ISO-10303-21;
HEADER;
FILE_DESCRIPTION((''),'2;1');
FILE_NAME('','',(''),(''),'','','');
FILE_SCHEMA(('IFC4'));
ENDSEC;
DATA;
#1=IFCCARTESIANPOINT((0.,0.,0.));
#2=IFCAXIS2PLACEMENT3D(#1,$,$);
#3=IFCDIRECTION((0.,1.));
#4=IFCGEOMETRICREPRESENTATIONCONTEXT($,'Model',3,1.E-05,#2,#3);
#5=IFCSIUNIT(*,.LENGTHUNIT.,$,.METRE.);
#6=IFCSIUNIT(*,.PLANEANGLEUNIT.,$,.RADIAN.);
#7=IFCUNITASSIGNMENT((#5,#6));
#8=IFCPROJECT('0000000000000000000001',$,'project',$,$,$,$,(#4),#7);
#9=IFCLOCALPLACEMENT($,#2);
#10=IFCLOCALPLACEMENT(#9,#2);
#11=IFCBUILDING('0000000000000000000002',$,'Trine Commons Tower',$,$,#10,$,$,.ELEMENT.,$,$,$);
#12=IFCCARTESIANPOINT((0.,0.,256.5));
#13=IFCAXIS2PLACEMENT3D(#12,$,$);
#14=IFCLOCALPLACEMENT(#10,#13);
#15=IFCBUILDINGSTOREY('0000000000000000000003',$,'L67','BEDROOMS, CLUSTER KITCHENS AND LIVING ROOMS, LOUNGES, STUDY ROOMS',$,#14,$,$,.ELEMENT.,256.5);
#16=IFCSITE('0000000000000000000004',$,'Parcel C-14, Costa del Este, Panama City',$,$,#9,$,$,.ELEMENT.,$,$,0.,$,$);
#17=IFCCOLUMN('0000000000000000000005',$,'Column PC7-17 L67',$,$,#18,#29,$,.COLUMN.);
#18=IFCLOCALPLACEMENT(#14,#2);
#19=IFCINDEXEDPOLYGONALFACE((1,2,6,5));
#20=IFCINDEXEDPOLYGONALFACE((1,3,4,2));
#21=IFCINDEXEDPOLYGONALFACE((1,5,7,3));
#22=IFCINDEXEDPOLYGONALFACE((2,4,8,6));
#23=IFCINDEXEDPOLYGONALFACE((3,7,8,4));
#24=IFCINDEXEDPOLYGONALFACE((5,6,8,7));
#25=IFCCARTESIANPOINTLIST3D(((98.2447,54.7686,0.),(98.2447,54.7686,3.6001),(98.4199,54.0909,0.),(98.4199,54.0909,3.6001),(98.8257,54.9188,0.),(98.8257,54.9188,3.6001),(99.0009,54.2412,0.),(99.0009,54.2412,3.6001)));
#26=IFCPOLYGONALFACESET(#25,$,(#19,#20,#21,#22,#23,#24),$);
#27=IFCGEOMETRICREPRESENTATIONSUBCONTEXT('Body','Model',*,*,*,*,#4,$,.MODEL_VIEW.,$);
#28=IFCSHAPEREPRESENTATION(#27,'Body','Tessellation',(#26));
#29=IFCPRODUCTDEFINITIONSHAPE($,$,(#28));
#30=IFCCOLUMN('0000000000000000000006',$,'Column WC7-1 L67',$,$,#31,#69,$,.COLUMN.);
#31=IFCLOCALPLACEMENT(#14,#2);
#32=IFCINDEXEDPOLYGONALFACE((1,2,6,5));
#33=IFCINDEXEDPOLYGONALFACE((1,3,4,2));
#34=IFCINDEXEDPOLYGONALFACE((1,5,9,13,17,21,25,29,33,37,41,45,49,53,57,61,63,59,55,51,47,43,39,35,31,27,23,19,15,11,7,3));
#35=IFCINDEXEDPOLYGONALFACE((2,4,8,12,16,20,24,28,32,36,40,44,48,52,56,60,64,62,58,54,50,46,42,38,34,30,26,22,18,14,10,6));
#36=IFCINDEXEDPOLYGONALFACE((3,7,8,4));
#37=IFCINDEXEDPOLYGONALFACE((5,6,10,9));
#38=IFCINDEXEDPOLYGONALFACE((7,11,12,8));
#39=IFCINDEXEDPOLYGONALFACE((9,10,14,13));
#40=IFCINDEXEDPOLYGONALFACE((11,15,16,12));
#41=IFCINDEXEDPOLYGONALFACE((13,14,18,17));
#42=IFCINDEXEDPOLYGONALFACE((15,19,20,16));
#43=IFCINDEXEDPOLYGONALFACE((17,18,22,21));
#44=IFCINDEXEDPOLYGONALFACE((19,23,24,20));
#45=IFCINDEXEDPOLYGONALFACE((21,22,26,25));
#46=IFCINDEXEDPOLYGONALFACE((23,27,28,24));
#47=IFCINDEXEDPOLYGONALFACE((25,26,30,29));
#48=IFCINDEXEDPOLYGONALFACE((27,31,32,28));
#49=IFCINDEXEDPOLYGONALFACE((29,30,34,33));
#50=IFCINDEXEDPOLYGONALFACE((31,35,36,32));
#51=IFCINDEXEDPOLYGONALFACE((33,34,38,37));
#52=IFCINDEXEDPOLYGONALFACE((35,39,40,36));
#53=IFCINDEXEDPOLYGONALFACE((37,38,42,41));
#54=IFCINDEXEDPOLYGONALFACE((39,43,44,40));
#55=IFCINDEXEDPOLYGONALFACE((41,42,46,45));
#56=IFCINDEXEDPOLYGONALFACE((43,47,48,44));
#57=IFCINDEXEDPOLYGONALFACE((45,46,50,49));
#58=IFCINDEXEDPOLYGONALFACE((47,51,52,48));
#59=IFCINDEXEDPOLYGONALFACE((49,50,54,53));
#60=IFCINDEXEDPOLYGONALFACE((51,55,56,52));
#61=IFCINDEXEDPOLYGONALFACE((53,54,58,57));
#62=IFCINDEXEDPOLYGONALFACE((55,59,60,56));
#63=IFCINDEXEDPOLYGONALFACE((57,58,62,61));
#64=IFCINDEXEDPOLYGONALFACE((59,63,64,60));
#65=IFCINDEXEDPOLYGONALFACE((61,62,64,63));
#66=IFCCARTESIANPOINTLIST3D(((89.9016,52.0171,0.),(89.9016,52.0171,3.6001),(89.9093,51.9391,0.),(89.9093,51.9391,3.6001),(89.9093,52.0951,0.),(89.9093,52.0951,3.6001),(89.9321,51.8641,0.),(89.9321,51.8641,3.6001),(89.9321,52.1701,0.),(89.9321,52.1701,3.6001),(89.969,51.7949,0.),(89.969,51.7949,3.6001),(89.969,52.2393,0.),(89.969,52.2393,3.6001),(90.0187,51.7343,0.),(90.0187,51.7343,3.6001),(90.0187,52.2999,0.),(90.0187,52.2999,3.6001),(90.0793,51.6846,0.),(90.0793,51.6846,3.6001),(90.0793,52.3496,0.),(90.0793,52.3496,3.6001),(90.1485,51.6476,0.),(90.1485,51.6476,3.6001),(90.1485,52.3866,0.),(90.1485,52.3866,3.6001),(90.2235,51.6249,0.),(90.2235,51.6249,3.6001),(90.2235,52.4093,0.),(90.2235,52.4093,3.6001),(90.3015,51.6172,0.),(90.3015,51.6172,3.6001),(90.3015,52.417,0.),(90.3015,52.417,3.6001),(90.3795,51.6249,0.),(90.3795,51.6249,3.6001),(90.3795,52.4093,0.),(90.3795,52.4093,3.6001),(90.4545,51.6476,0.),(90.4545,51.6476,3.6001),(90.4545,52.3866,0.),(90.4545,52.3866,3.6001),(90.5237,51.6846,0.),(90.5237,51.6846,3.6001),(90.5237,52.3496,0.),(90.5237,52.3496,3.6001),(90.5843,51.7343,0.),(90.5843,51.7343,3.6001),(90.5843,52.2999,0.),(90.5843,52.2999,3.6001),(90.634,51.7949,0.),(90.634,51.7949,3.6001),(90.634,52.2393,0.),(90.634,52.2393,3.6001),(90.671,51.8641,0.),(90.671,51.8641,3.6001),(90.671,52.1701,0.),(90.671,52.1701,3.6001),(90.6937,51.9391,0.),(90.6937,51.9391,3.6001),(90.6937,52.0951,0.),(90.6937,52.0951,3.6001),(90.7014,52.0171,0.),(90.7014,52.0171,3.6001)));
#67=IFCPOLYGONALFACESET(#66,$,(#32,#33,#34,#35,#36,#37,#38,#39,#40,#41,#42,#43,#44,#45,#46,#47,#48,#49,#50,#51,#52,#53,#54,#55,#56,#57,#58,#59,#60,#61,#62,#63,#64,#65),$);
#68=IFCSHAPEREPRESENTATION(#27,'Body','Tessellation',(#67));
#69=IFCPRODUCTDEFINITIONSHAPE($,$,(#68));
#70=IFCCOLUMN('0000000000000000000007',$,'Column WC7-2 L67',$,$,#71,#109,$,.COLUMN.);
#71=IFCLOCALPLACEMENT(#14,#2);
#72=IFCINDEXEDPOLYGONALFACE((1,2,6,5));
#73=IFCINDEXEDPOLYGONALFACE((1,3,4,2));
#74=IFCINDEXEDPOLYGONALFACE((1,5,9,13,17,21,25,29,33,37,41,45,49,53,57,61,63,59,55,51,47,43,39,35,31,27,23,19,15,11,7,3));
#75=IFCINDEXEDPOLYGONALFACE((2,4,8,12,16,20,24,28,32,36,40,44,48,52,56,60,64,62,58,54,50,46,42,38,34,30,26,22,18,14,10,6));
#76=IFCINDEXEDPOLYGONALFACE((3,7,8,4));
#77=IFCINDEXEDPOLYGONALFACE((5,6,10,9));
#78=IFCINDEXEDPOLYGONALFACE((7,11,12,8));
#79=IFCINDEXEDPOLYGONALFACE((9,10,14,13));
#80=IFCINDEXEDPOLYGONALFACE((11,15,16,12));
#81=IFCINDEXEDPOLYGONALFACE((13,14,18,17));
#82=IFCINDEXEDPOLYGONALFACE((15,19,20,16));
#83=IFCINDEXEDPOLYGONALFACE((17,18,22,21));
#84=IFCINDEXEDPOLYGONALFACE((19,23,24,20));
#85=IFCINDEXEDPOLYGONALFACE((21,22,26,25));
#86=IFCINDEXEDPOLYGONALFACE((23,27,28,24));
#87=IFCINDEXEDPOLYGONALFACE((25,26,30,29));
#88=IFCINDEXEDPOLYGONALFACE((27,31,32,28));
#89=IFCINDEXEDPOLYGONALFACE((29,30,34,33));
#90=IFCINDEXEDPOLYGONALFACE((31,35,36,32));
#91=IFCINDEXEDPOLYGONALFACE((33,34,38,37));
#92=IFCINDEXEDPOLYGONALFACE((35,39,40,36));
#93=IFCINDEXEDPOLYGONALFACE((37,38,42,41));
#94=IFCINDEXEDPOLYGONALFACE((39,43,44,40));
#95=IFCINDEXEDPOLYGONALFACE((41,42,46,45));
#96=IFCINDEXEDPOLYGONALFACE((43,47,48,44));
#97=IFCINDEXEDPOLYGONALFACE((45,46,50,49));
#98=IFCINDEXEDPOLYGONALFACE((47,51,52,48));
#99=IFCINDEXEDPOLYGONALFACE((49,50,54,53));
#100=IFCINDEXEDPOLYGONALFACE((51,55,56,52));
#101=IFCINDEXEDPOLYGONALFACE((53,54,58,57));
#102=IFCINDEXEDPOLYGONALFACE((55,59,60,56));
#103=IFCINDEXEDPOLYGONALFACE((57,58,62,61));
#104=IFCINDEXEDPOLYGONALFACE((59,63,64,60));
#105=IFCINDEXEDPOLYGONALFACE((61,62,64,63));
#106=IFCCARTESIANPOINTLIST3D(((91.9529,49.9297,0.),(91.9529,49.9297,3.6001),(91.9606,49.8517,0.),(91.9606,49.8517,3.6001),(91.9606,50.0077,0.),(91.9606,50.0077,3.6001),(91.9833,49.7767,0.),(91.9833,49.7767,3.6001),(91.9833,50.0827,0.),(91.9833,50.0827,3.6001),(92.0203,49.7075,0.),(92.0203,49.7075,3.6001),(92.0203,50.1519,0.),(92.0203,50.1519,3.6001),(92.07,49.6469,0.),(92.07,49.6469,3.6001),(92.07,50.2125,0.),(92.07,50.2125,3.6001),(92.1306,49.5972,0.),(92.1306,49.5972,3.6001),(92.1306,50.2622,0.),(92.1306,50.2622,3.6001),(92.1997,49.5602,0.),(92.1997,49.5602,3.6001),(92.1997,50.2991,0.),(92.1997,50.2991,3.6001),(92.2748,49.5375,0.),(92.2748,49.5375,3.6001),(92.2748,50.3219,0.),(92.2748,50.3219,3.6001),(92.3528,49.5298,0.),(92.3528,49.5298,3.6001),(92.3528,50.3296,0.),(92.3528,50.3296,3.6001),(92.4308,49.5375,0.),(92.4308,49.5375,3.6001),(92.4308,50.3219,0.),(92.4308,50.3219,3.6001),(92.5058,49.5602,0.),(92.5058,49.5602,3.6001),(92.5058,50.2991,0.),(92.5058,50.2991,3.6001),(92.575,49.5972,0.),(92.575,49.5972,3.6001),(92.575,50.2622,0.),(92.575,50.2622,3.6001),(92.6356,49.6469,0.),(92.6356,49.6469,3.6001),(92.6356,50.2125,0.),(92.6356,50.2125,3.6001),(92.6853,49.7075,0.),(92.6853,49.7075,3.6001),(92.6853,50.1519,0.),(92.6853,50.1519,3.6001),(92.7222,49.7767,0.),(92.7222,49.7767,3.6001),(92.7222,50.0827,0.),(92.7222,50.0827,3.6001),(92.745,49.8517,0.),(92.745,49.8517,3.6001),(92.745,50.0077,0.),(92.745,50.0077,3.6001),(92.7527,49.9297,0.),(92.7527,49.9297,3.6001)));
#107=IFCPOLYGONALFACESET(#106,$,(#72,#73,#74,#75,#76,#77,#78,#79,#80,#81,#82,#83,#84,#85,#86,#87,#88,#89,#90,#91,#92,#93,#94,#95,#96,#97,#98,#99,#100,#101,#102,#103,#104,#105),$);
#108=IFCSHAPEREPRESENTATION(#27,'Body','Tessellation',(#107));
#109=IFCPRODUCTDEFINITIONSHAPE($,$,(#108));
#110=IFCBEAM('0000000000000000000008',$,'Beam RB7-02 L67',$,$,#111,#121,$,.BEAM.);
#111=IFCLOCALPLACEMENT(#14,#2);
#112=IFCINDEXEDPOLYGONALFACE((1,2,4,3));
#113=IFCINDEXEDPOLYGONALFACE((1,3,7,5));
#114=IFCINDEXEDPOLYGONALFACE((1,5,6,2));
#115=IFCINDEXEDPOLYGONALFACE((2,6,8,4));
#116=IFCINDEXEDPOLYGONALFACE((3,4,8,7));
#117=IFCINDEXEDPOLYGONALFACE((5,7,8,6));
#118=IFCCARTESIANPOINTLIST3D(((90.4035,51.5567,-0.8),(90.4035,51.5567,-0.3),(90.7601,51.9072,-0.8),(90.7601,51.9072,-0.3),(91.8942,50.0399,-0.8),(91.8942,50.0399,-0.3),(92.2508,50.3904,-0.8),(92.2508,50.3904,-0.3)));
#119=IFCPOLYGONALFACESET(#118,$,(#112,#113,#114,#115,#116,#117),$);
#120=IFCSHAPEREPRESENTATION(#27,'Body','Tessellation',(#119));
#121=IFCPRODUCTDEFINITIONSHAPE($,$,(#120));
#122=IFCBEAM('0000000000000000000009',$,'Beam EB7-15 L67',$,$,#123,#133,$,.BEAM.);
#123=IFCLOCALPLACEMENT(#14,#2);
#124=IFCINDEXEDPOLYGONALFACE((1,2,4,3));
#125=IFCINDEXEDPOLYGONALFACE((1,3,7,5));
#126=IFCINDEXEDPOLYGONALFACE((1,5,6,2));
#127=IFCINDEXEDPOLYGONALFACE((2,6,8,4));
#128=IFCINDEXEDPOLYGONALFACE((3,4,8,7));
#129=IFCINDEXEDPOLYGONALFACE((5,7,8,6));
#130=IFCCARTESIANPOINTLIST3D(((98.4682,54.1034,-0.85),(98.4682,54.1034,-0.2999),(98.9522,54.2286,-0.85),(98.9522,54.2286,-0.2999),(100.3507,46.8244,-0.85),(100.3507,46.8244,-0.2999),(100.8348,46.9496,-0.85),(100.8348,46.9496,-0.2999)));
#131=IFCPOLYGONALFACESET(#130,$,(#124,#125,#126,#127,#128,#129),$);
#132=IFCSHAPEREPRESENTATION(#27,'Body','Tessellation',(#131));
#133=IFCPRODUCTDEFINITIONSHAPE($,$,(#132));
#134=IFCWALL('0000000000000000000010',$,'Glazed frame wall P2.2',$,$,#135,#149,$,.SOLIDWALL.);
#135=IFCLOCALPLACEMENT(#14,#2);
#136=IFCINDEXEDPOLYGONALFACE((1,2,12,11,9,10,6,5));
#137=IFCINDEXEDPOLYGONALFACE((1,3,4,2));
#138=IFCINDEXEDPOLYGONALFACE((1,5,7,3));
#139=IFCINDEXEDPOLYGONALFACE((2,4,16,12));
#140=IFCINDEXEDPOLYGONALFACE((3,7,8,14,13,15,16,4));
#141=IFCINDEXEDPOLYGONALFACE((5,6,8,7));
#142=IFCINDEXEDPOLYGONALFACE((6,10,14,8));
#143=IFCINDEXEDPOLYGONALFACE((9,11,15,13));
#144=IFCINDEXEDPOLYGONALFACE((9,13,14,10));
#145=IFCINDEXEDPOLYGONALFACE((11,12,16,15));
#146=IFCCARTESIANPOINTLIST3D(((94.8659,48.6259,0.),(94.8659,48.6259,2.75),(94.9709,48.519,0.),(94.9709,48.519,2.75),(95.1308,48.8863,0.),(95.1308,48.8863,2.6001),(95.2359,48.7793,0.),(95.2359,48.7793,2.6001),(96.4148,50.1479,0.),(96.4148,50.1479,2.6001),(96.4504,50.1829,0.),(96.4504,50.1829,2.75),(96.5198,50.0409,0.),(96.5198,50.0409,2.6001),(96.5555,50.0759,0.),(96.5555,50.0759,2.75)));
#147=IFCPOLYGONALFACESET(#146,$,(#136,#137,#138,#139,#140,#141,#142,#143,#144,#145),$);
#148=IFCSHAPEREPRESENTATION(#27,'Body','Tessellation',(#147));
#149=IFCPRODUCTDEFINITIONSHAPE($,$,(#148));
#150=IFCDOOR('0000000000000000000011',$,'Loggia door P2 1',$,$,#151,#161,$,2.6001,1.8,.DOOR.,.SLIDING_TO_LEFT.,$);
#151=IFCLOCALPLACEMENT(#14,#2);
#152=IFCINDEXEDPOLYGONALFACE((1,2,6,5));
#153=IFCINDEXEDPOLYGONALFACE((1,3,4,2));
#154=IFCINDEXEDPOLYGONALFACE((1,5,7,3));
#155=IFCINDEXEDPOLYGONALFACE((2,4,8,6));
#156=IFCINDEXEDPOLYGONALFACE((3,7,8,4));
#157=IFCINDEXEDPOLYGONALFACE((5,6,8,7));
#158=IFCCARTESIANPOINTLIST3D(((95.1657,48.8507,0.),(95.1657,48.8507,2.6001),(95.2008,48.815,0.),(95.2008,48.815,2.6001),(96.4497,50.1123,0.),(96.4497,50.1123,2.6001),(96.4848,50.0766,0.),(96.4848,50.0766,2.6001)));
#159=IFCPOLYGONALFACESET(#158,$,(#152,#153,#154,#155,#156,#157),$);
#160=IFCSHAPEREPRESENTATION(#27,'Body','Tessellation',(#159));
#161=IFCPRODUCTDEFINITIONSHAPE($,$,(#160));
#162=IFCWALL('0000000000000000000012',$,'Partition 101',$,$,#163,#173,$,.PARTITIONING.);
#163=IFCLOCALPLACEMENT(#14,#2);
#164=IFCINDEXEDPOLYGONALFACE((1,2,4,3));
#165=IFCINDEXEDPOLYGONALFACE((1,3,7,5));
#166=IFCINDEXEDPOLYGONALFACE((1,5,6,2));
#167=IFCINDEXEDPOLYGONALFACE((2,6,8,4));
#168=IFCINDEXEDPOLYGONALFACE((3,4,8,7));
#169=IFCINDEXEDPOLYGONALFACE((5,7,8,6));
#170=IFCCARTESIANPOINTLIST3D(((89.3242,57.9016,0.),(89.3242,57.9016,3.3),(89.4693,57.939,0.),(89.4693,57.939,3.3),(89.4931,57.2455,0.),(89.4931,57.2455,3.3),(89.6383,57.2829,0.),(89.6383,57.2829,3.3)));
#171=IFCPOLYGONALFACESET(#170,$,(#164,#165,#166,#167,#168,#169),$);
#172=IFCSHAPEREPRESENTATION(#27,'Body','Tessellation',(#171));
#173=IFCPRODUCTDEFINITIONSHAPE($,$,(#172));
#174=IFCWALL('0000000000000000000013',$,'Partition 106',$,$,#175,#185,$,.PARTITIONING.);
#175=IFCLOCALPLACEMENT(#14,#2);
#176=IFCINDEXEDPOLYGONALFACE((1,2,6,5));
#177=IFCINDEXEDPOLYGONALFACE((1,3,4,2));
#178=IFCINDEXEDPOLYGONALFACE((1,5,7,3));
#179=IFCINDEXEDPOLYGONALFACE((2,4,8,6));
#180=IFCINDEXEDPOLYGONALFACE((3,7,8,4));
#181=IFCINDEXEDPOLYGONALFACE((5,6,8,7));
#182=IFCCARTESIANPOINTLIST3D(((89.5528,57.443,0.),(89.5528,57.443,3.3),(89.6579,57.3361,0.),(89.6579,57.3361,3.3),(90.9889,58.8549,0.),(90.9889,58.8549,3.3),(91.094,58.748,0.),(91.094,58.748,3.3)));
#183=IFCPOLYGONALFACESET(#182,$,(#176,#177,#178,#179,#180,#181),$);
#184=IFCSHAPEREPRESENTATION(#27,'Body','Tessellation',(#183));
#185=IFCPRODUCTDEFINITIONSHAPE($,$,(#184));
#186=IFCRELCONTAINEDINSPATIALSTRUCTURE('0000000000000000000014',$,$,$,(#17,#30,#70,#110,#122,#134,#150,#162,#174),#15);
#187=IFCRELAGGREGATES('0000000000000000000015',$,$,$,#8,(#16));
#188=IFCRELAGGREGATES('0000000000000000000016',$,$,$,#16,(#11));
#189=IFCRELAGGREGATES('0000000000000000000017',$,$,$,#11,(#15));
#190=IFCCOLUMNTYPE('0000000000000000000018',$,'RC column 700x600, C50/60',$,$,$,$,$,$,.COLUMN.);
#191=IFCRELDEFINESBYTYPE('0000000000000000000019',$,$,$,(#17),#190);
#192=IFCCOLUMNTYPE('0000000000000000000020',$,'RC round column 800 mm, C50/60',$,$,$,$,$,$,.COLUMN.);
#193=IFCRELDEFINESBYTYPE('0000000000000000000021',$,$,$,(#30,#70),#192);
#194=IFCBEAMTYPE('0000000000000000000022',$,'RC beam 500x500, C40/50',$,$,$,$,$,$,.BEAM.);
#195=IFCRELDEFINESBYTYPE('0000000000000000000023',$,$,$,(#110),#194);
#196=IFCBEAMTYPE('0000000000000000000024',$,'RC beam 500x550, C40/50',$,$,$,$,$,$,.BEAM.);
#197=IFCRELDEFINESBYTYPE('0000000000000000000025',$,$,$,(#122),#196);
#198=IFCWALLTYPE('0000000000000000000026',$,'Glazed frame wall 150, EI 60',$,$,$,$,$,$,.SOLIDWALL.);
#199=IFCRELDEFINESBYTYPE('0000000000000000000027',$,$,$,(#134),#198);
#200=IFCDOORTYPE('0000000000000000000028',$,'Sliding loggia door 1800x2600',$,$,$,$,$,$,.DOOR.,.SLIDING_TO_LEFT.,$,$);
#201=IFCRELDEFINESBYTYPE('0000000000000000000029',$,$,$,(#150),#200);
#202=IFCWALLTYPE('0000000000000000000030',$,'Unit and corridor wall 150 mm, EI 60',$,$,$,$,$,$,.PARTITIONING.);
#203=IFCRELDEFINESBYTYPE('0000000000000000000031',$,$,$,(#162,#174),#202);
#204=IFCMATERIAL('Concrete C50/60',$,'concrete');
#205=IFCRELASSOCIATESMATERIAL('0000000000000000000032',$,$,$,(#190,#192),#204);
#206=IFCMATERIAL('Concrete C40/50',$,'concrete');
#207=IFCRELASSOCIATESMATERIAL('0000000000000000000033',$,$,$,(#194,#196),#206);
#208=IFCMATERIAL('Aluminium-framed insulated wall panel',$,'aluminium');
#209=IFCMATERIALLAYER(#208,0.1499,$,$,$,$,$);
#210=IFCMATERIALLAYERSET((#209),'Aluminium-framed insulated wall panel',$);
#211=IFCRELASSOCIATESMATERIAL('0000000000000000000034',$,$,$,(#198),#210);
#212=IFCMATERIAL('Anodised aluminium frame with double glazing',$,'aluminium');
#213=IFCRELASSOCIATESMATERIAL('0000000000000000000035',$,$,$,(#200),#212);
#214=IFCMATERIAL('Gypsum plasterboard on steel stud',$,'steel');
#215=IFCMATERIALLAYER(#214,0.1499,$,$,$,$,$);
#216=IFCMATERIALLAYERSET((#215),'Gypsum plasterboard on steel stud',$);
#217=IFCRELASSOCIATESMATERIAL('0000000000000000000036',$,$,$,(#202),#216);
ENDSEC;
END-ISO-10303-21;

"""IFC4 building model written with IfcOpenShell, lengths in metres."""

from ifc_helpers import new_model, si_unit, direction, frame, frame_2d, origin, origin_2d, place, context, subcontext, project, spatial, polyline, rectangle, circle, outline, extrude, material, layer, layer_set, material_profile, profile_set, type_object, element, fill, save


model = new_model("IFC4")

# Units and contexts
model_context = context("Model", 3, precision=1e-05, world=origin(), true_north=direction((0.0, 1.0)))
body_context = subcontext(model_context, "Body", "Model", "MODEL_VIEW")
ifc_project = project(units=[si_unit("LENGTHUNIT", "METRE"), si_unit("PLANEANGLEUNIT", "RADIAN")], contexts=[model_context])

# Site, building, storey
site_placement = place(None, origin())
site = spatial("IfcSite", under=ifc_project, at=site_placement, Name="Parcel C-14, Costa del Este, Panama City", CompositionType="ELEMENT", RefElevation=0.0)
building_placement = place(site_placement, origin())
building = spatial("IfcBuilding", under=site, at=building_placement, Name="Trine Commons Tower", CompositionType="ELEMENT")
storey_placement = place(building_placement, frame((0.0, 0.0, 256.5)))
storey = spatial("IfcBuildingStorey", under=building, at=storey_placement, Name="L67", Description="BEDROOMS, CLUSTER KITCHENS AND LIVING ROOMS, LOUNGES, STUDY ROOMS", CompositionType="ELEMENT", Elevation=256.5)

# Columns
ifc_material_1 = material(Name="Concrete C50/60", Category="concrete")
ifc_material_profile_1 = material_profile(ifc_material_1, rectangle(XDim=0.7, YDim=0.6001, at=origin_2d()), Name="RC 700x600")
ifc_profile_set_1 = profile_set([ifc_material_profile_1], Name="Concrete C50/60")
column_type_1 = type_object("IfcColumnType", Name="RC column 700x600, C50/60", PredefinedType="COLUMN", material=ifc_profile_set_1)
column_placement = place(storey_placement, frame((98.6228, 54.5049, 0.0), z_axis=(0.0, 0.0, 1.0), x_axis=(-0.25038, 0.968148, 0.0)))
element("IfcColumn", 1, at=column_placement, inside=storey, type_object=column_type_1, Name="Column PC7-17 L67", PredefinedType="COLUMN", context=body_context, shape_type="SweptSolid", body=[
    extrude(rectangle(XDim=0.7, YDim=0.6001, at=origin_2d()), origin(), (0.0, 0.0, 1.0), 3.6001),
])
ifc_material_profile_2 = material_profile(ifc_material_1, circle(Radius=0.3999, at=origin_2d()), Name="RC round 800")
ifc_profile_set_2 = profile_set([ifc_material_profile_2], Name="Concrete C50/60")
column_type_2 = type_object("IfcColumnType", Name="RC round column 800 mm, C50/60", PredefinedType="COLUMN", material=ifc_profile_set_2)
for number, where, z_axis, x_axis, name in (
    (2, (90.3015, 52.0171, 0.0), (0.0, 0.0, 1.0), (1.0, 0.0, 0.0), "Column WC7-1 L67"),
    (3, (92.3528, 49.9297, 0.0), (0.0, 0.0, 1.0), (1.0, 0.0, 0.0), "Column WC7-2 L67"),
):
    element("IfcColumn", number, at=place(storey_placement, frame(where, z_axis=z_axis, x_axis=x_axis)), inside=storey, type_object=column_type_2, Name=name, PredefinedType="COLUMN", context=body_context, shape_type="SweptSolid", body=[
        extrude(circle(Radius=0.3999, at=origin_2d()), origin(), (0.0, 0.0, 1.0), 3.6001),
    ])

# Beams
ifc_material_2 = material(Name="Concrete C40/50", Category="concrete")
ifc_material_profile_3 = material_profile(ifc_material_2, rectangle(XDim=0.5, YDim=0.5, at=origin_2d()), Name="RC 500x500")
ifc_profile_set_3 = profile_set([ifc_material_profile_3], Name="Concrete C40/50")
beam_type_1 = type_object("IfcBeamType", Name="RC beam 500x500, C40/50", PredefinedType="BEAM", material=ifc_profile_set_3)
beam_1_placement = place(storey_placement, frame((90.5818, 51.7319, -0.55), z_axis=(0.700939, -0.713222, 0.0), x_axis=(0.713222, 0.700939, 0.0)))
element("IfcBeam", 4, at=beam_1_placement, inside=storey, type_object=beam_type_1, Name="Beam RB7-02 L67", PredefinedType="BEAM", context=body_context, shape_type="SweptSolid", body=[
    extrude(rectangle(XDim=0.5, YDim=0.5, at=origin_2d()), origin(), (0.0, 0.0, 1.0), 2.1267),
])
ifc_material_profile_4 = material_profile(ifc_material_2, rectangle(XDim=0.5, YDim=0.55, at=origin_2d()), Name="RC 500x550")
ifc_profile_set_4 = profile_set([ifc_material_profile_4], Name="Concrete C40/50")
beam_type_2 = type_object("IfcBeamType", Name="RC beam 500x550, C40/50", PredefinedType="BEAM", material=ifc_profile_set_4)
beam_2_placement = place(storey_placement, frame((98.7102, 54.166, -0.575), z_axis=(0.25039, -0.968145, 0.0), x_axis=(0.968145, 0.25039, 0.0)))
element("IfcBeam", 5, at=beam_2_placement, inside=storey, type_object=beam_type_2, Name="Beam EB7-15 L67", PredefinedType="BEAM", context=body_context, shape_type="SweptSolid", body=[
    extrude(rectangle(XDim=0.5, YDim=0.55, at=origin_2d()), origin(), (0.0, 0.0, 1.0), 7.5186),
])

# Shared definitions
ifc_material_3 = material(Name="Aluminium-framed insulated wall panel", Category="aluminium")
ifc_layer_1 = layer(ifc_material_3, 0.1499)
ifc_layer_set_1 = layer_set([ifc_layer_1], Name="Aluminium-framed insulated wall panel")
wall_type_1 = type_object("IfcWallType", Name="Glazed frame wall 150, EI 60", PredefinedType="SOLIDWALL", material=ifc_layer_set_1)

# Wall, opening, door
wall_1_placement = place(storey_placement, frame((96.5029, 50.1294, 0.0), z_axis=(0.0, 0.0, 1.0), x_axis=(-0.713289, -0.70087, 0.0)))
wall_1 = element("IfcWall", 6, at=wall_1_placement, inside=storey, type_object=wall_type_1, Name="Glazed frame wall P2.2", PredefinedType="SOLIDWALL", context=body_context, shape_type="SweptSolid", body=[
    extrude(outline(polyline([(0.0, -0.075), (2.2214, -0.075), (2.2214, 0.075), (0.0, 0.075), (0.0, -0.075)])), origin(), (0.0, 0.0, 1.0), 2.75),
])
opening_1_placement = place(wall_1_placement, frame((0.05, 0.0, 0.0)))
opening_1 = element("IfcOpeningElement", 7, at=opening_1_placement, cuts=wall_1, PredefinedType="OPENING", context=body_context, shape_type="SweptSolid", body=[
    extrude(rectangle(XDim=1.8, YDim=2.6001, at=frame_2d((0.8999, 1.3))), frame((0.0, 0.085, 0.0), z_axis=(0.0, -1.0, 0.0), x_axis=(1.0, 0.0, 0.0)), (0.0, 0.0, 1.0), 0.1699),
])
ifc_material_4 = material(Name="Anodised aluminium frame with double glazing", Category="aluminium")
door_type_1 = type_object("IfcDoorType", Name="Sliding loggia door 1800x2600", OperationType="SLIDING_TO_LEFT", PredefinedType="DOOR", material=ifc_material_4)
door_1_placement = place(opening_1_placement, origin())
door_1 = element("IfcDoor", 8, at=door_1_placement, inside=storey, type_object=door_type_1, Name="Loggia door P2 1", OperationType="SLIDING_TO_LEFT", OverallHeight=2.6001, OverallWidth=1.8, PredefinedType="DOOR", context=body_context, shape_type="SweptSolid", body=[
    extrude(rectangle(XDim=1.8, YDim=2.6001, at=frame_2d((0.8999, 1.3))), frame((0.0, 0.0249, 0.0), z_axis=(0.0, -1.0, 0.0), x_axis=(1.0, 0.0, 0.0)), (0.0, 0.0, 1.0), 0.05),
])
fill(opening_1, door_1)

# Walls
ifc_material_5 = material(Name="Gypsum plasterboard on steel stud", Category="steel")
ifc_layer_2 = layer(ifc_material_5, 0.1499)
ifc_layer_set_2 = layer_set([ifc_layer_2], Name="Gypsum plasterboard on steel stud")
wall_type_2 = type_object("IfcWallType", Name="Unit and corridor wall 150 mm, EI 60", PredefinedType="PARTITIONING", material=ifc_layer_set_2)
wall_2_placement = place(storey_placement, frame((89.3967, 57.9204, 0.0), z_axis=(0.0, 0.0, 1.0), x_axis=(0.249398, -0.968401, 0.0)))
element("IfcWall", 9, at=wall_2_placement, inside=storey, type_object=wall_type_2, Name="Partition 101", PredefinedType="PARTITIONING", context=body_context, shape_type="SweptSolid", body=[
    extrude(rectangle(XDim=0.6775, YDim=0.1499, at=frame_2d((0.3389, 0.0))), origin(), (0.0, 0.0, 1.0), 3.3),
])
wall_3_placement = place(storey_placement, frame((89.6055, 57.3896, 0.0), z_axis=(0.0, 0.0, 1.0), x_axis=(0.713082, 0.70108, 0.0)))
element("IfcWall", 10, at=wall_3_placement, inside=storey, type_object=wall_type_2, Name="Partition 106", PredefinedType="PARTITIONING", context=body_context, shape_type="SweptSolid", body=[
    extrude(rectangle(XDim=2.0139, YDim=0.1499, at=frame_2d((1.0068, 0.0))), origin(), (0.0, 0.0, 1.0), 3.3),
])

save(model, "model.ifc")
